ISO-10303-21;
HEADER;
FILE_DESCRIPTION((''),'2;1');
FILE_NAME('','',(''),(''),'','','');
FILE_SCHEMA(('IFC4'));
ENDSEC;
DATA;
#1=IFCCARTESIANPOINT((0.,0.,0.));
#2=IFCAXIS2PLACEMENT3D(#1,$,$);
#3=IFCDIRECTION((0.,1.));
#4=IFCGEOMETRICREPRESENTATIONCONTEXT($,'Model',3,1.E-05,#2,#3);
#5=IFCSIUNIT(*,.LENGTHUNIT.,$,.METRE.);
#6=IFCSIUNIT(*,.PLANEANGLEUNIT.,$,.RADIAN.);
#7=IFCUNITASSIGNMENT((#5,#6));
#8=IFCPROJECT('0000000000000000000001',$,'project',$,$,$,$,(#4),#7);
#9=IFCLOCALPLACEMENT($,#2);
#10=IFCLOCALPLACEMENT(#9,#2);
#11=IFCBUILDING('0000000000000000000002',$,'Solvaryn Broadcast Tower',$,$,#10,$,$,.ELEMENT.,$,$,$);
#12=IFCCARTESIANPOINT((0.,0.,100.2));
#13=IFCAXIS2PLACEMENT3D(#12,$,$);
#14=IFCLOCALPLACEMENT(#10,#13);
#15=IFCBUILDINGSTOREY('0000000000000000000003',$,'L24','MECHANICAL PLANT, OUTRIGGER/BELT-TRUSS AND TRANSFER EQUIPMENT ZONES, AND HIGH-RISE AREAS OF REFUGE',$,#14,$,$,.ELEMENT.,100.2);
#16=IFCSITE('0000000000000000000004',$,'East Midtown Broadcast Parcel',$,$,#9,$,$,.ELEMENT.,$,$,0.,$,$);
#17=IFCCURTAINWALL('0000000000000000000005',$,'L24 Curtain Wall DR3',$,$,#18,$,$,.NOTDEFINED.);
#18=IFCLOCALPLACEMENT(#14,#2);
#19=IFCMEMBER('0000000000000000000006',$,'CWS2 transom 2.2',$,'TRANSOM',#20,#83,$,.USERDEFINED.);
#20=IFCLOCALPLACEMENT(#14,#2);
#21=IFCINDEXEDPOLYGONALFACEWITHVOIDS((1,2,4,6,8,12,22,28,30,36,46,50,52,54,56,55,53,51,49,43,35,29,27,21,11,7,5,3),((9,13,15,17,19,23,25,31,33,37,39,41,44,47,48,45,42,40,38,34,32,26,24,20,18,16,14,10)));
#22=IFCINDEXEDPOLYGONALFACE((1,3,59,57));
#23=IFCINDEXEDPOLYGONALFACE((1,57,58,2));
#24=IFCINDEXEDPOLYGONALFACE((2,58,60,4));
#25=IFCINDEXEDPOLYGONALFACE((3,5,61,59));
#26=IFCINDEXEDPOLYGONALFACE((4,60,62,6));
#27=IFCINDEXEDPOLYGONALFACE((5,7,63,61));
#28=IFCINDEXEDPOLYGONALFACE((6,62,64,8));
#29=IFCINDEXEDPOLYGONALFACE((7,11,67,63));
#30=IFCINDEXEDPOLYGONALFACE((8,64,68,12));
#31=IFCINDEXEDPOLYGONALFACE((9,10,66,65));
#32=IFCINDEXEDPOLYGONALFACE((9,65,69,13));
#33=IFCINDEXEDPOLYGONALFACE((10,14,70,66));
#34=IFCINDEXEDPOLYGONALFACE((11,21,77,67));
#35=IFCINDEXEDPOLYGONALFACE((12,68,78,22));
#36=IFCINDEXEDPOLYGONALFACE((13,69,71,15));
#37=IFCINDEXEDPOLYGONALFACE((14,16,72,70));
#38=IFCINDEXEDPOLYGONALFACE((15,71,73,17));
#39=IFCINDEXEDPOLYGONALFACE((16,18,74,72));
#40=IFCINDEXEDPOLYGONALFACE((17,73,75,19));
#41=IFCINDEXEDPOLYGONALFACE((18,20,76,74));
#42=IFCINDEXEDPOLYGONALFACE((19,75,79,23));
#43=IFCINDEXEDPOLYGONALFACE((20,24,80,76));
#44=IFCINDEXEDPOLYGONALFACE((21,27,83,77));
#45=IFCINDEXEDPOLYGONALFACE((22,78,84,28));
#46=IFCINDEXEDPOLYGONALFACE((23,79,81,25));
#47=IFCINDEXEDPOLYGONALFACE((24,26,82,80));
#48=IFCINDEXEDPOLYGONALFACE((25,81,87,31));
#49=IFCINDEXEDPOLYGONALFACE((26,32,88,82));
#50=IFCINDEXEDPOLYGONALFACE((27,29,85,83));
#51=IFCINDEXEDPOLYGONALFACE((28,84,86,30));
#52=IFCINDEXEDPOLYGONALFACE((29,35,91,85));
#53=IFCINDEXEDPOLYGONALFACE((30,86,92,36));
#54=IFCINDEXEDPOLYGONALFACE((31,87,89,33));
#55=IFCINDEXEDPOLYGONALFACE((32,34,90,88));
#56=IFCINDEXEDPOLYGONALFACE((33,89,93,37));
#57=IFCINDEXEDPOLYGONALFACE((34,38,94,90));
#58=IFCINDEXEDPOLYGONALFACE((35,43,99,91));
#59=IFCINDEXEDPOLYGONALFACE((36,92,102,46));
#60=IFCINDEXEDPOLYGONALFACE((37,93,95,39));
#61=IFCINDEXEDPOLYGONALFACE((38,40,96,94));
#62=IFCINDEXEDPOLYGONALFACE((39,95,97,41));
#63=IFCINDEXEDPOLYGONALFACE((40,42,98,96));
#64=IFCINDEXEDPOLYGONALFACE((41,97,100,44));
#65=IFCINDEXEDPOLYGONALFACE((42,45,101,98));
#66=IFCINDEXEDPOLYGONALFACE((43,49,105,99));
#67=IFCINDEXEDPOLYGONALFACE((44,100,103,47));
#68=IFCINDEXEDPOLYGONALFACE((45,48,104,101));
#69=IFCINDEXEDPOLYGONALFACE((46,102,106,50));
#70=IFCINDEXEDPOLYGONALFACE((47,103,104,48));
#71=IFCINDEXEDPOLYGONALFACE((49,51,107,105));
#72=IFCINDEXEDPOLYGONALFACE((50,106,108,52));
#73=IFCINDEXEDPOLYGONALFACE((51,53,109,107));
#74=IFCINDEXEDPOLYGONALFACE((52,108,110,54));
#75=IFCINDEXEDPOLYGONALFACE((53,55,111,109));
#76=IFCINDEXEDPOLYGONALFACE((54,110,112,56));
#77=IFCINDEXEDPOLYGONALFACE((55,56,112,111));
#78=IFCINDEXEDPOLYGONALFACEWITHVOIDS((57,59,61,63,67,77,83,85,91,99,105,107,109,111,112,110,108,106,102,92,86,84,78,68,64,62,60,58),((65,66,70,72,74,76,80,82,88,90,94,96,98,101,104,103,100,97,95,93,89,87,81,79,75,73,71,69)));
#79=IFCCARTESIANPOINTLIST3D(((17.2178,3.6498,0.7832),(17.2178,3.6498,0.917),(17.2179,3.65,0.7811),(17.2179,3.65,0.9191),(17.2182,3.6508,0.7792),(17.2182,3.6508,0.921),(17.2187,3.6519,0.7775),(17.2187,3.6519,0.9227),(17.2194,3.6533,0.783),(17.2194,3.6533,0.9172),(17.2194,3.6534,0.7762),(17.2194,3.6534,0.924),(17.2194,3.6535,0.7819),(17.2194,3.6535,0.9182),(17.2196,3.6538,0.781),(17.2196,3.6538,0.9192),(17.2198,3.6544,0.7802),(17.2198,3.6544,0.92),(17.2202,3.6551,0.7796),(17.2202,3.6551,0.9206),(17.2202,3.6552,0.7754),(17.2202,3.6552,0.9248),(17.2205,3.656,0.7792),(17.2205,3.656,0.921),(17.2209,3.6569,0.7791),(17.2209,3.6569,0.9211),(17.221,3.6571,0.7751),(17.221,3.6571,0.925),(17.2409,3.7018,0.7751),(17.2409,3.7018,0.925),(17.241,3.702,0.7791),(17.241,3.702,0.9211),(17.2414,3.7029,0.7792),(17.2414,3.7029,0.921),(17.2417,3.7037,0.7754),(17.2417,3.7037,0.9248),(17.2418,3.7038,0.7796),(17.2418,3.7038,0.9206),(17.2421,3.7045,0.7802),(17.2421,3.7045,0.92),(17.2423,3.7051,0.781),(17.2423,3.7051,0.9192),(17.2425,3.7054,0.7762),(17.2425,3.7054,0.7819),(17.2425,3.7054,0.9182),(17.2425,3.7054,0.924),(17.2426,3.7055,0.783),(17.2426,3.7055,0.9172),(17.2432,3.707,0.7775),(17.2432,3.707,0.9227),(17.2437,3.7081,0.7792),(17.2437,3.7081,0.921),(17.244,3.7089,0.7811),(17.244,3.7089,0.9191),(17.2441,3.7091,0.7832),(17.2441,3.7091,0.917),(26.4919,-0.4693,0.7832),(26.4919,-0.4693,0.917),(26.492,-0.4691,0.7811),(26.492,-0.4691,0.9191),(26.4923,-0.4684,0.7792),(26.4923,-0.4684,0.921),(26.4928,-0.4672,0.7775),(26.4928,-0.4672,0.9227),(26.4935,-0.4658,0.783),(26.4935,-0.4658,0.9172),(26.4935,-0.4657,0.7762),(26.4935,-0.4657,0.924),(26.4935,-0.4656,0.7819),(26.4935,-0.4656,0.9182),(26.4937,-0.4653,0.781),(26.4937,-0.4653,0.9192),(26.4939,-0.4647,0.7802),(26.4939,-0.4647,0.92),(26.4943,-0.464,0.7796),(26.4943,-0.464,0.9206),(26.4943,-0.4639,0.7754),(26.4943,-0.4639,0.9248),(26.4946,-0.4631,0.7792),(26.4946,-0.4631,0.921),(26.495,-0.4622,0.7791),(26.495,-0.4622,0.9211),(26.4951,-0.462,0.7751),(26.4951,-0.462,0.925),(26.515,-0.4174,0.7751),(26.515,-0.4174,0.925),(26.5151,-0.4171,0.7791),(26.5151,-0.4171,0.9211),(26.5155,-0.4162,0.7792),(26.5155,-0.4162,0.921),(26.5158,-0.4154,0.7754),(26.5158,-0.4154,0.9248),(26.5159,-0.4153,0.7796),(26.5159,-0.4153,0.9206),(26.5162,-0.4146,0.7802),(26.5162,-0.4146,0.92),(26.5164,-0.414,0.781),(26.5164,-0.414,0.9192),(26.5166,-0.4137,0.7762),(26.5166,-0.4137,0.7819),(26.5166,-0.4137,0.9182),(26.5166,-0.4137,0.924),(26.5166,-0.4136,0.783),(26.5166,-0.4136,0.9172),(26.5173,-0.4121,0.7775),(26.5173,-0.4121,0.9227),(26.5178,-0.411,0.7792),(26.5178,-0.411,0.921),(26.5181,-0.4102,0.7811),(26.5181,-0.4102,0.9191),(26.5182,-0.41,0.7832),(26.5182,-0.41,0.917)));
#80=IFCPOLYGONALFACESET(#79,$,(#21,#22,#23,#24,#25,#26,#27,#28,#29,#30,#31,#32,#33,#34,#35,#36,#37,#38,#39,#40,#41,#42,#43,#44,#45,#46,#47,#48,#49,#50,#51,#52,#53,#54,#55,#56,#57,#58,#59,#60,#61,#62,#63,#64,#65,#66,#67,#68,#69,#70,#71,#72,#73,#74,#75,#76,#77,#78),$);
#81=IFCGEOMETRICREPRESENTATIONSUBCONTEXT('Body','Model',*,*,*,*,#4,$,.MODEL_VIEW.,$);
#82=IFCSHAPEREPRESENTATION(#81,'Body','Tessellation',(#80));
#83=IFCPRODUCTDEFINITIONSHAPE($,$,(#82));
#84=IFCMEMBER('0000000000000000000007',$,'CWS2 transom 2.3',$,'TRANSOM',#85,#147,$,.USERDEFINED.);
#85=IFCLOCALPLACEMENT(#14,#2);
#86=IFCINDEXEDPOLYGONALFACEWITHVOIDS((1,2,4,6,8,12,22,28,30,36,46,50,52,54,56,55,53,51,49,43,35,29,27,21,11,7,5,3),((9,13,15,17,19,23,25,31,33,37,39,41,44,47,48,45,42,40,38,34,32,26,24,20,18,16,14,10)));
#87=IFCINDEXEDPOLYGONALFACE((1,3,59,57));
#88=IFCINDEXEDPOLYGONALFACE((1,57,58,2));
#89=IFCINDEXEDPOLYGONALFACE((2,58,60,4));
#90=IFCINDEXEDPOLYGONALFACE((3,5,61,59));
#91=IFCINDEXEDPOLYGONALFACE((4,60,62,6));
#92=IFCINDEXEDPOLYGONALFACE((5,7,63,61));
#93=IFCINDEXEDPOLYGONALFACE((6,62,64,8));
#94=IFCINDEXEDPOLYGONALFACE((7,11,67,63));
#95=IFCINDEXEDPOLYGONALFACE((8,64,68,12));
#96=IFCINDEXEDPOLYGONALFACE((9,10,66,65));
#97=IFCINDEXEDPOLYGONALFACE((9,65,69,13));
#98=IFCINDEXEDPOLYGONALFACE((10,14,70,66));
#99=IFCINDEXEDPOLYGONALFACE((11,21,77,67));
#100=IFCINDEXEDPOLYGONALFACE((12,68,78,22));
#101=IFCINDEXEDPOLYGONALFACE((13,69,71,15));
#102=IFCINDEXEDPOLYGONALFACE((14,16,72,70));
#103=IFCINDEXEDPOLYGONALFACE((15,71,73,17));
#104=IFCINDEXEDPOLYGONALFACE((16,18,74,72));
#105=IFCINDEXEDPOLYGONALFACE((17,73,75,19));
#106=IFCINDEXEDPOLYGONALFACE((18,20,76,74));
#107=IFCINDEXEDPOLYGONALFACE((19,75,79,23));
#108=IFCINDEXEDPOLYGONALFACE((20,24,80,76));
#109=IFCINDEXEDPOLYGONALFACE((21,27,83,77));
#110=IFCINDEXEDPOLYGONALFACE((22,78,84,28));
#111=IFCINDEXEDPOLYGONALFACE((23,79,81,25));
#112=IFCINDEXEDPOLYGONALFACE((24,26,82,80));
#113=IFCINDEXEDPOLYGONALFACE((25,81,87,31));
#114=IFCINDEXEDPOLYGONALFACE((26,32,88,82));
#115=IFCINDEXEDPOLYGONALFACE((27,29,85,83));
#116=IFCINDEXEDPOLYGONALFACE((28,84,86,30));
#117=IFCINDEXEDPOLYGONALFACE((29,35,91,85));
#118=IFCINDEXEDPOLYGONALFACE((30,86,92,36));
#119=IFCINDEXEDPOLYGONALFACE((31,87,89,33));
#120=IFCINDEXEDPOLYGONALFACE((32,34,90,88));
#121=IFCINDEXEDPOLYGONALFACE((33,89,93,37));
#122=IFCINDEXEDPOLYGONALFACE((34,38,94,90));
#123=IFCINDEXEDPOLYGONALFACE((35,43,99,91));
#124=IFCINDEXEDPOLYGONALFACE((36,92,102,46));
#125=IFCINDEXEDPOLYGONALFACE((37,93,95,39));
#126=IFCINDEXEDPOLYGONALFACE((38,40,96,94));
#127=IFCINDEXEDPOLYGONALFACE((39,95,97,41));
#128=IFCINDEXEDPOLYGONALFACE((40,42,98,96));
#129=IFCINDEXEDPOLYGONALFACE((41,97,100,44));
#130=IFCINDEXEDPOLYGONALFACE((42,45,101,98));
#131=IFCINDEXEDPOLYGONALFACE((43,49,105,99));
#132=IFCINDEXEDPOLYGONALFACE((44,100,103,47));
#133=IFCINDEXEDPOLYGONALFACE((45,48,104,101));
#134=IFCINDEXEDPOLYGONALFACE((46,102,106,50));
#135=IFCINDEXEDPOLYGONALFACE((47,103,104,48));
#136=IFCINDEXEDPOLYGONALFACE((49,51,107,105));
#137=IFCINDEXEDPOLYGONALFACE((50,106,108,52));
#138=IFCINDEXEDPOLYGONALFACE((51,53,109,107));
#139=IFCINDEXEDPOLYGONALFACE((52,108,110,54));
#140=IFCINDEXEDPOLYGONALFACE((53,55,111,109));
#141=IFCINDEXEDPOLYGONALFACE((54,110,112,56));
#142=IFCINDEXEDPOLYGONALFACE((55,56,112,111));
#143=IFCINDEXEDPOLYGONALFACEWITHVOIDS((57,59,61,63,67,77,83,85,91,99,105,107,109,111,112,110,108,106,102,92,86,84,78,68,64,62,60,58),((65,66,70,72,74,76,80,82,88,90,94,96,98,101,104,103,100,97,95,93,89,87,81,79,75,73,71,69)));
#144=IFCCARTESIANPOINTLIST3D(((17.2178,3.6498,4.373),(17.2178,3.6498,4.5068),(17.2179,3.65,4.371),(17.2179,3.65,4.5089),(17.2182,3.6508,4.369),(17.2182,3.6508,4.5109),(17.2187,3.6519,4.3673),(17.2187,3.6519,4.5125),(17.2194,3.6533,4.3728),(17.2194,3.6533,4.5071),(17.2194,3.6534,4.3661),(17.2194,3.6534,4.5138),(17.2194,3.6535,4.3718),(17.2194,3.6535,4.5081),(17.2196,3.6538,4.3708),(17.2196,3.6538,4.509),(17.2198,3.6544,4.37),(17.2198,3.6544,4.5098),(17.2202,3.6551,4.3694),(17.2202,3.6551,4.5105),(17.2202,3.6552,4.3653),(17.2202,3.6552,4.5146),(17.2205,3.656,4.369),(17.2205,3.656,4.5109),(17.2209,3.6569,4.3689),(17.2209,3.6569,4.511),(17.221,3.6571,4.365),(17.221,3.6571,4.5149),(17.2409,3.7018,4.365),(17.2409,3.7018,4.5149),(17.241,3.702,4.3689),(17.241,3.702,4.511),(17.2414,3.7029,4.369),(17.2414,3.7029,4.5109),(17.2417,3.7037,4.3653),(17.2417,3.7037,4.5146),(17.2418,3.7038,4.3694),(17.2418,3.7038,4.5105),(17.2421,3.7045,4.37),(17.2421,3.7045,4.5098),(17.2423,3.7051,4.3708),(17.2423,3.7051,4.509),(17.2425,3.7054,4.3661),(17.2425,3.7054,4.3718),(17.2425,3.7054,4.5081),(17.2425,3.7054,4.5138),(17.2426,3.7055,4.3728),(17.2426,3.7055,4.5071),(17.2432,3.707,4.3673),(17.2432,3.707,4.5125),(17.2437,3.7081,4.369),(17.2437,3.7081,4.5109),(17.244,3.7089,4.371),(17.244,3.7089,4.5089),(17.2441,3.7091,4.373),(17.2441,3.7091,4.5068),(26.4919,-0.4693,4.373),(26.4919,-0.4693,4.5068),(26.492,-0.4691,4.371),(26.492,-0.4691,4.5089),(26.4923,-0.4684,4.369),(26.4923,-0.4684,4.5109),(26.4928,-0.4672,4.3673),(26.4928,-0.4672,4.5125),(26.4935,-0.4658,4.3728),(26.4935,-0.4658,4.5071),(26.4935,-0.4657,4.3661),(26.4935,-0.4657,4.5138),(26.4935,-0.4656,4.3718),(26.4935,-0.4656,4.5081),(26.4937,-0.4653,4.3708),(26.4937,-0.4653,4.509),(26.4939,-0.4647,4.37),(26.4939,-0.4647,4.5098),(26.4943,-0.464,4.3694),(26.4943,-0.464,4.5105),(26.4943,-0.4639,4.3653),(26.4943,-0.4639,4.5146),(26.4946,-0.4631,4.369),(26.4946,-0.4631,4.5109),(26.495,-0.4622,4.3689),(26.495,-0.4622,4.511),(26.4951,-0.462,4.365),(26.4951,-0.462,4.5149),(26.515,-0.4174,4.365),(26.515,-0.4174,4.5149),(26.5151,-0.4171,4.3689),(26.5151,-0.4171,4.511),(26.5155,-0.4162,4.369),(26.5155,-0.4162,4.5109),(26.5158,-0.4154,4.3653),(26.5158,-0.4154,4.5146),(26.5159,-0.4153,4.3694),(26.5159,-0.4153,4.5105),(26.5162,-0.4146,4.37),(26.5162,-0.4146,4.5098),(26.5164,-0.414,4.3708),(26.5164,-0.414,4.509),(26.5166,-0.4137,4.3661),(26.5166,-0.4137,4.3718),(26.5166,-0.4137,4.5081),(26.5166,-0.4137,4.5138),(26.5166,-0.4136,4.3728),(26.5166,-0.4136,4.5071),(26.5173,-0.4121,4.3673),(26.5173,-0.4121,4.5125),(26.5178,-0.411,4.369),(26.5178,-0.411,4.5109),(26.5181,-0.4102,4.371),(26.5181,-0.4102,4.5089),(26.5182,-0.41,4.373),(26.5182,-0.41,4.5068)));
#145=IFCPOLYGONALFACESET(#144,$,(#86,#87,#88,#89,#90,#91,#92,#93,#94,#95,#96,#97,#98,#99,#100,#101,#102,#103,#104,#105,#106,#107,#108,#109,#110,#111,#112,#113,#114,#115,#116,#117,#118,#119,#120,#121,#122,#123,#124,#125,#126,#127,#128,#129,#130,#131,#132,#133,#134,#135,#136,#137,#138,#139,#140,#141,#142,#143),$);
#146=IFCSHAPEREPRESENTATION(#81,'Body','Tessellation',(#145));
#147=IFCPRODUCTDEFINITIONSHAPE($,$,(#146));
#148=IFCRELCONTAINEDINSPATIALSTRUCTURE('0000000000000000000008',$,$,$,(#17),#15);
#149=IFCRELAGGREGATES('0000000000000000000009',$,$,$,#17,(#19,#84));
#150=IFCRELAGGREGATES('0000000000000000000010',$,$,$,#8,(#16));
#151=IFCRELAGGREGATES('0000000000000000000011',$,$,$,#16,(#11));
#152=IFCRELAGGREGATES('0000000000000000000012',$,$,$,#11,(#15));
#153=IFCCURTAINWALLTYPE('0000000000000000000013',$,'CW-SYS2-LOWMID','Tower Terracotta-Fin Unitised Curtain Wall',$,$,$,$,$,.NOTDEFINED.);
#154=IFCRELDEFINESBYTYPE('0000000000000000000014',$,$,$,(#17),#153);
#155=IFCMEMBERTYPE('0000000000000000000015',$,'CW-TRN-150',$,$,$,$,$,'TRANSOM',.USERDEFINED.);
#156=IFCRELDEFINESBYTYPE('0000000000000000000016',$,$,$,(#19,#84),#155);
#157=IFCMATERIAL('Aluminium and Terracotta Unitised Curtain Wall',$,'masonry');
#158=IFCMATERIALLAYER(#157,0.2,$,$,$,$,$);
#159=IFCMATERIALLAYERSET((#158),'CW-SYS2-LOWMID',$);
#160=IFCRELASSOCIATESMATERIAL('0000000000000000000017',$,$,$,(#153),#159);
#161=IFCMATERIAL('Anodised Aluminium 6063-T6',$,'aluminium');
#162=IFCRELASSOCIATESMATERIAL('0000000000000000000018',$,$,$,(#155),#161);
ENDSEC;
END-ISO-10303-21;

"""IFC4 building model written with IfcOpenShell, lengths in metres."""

from ifc_helpers import new_model, si_unit, direction, frame, origin, origin_2d, place, context, subcontext, project, spatial, hollow_rectangle, extrude, material, layer, layer_set, material_profile, profile_set, type_object, element, aggregate, save


model = new_model("IFC4")

# Units and contexts
model_context = context("Model", 3, precision=1e-05, world=origin(), true_north=direction((0.0, 1.0)))
body_context = subcontext(model_context, "Body", "Model", "MODEL_VIEW")
ifc_project = project(units=[si_unit("LENGTHUNIT", "METRE"), si_unit("PLANEANGLEUNIT", "RADIAN")], contexts=[model_context])

# Site, building, storey
site_placement = place(None, origin())
site = spatial("IfcSite", under=ifc_project, at=site_placement, Name="East Midtown Broadcast Parcel", CompositionType="ELEMENT", RefElevation=0.0)
building_placement = place(site_placement, origin())
building = spatial("IfcBuilding", under=site, at=building_placement, Name="Solvaryn Broadcast Tower", CompositionType="ELEMENT")
storey_placement = place(building_placement, frame((0.0, 0.0, 100.2)))
storey = spatial("IfcBuildingStorey", under=building, at=storey_placement, Name="L24", Description="MECHANICAL PLANT, OUTRIGGER/BELT-TRUSS AND TRANSFER EQUIPMENT ZONES, AND HIGH-RISE AREAS OF REFUGE", CompositionType="ELEMENT", Elevation=100.2)

# Curtain wall
ifc_material_1 = material(Name="Aluminium and Terracotta Unitised Curtain Wall", Category="masonry")
ifc_layer_1 = layer(ifc_material_1, 0.2)
ifc_layer_set_1 = layer_set([ifc_layer_1], Name="CW-SYS2-LOWMID")
curtain_wall_type = type_object("IfcCurtainWallType", Name="CW-SYS2-LOWMID", Description="Tower Terracotta-Fin Unitised Curtain Wall", PredefinedType="NOTDEFINED", material=ifc_layer_set_1)
curtain_wall_1_placement = place(storey_placement, origin())
curtain_wall_1 = element("IfcCurtainWall", 1, at=curtain_wall_1_placement, inside=storey, type_object=curtain_wall_type, Name="L24 Curtain Wall DR3", PredefinedType="NOTDEFINED")

# Members
ifc_material_2 = material(Name="Anodised Aluminium 6063-T6", Category="aluminium")
ifc_material_profile_1 = material_profile(ifc_material_2, hollow_rectangle(XDim=0.0649, YDim=0.1499, WallThickness=0.0039, InnerFilletRadius=0.0039, OuterFilletRadius=0.0081, at=origin_2d()))
ifc_profile_set_1 = profile_set([ifc_material_profile_1], Name="Anodised Aluminium 6063-T6")
member_type_1 = type_object("IfcMemberType", Name="CW-TRN-150", ElementType="TRANSOM", PredefinedType="USERDEFINED", material=ifc_profile_set_1)
member_1_placement = place(storey_placement, frame((17.231, 3.6794, 0.8501), z_axis=(0.913911, -0.405915, 0.0), x_axis=(0.405915, 0.913911, 0.0)))
member_1 = element("IfcMember", 2, at=member_1_placement, type_object=member_type_1, Name="CWS2 transom 2.2", ObjectType="TRANSOM", PredefinedType="USERDEFINED", context=body_context, shape_type="SweptSolid", body=[
    extrude(hollow_rectangle(XDim=0.0649, YDim=0.1499, WallThickness=0.0039, InnerFilletRadius=0.0039, OuterFilletRadius=0.0081, at=origin_2d()), origin(), (0.0, 0.0, 1.0), 10.1477),
])
member_2_placement = place(storey_placement, frame((17.231, 3.6794, 4.4399), z_axis=(0.913911, -0.405915, 0.0), x_axis=(0.405915, 0.913911, 0.0)))
member_2 = element("IfcMember", 3, at=member_2_placement, type_object=member_type_1, Name="CWS2 transom 2.3", ObjectType="TRANSOM", PredefinedType="USERDEFINED", context=body_context, shape_type="SweptSolid", body=[
    extrude(hollow_rectangle(XDim=0.0649, YDim=0.1499, WallThickness=0.0039, InnerFilletRadius=0.0039, OuterFilletRadius=0.0081, at=origin_2d()), origin(), (0.0, 0.0, 1.0), 10.1477),
])

aggregate(curtain_wall_1, [member_1, member_2])

save(model, "model.ifc")
